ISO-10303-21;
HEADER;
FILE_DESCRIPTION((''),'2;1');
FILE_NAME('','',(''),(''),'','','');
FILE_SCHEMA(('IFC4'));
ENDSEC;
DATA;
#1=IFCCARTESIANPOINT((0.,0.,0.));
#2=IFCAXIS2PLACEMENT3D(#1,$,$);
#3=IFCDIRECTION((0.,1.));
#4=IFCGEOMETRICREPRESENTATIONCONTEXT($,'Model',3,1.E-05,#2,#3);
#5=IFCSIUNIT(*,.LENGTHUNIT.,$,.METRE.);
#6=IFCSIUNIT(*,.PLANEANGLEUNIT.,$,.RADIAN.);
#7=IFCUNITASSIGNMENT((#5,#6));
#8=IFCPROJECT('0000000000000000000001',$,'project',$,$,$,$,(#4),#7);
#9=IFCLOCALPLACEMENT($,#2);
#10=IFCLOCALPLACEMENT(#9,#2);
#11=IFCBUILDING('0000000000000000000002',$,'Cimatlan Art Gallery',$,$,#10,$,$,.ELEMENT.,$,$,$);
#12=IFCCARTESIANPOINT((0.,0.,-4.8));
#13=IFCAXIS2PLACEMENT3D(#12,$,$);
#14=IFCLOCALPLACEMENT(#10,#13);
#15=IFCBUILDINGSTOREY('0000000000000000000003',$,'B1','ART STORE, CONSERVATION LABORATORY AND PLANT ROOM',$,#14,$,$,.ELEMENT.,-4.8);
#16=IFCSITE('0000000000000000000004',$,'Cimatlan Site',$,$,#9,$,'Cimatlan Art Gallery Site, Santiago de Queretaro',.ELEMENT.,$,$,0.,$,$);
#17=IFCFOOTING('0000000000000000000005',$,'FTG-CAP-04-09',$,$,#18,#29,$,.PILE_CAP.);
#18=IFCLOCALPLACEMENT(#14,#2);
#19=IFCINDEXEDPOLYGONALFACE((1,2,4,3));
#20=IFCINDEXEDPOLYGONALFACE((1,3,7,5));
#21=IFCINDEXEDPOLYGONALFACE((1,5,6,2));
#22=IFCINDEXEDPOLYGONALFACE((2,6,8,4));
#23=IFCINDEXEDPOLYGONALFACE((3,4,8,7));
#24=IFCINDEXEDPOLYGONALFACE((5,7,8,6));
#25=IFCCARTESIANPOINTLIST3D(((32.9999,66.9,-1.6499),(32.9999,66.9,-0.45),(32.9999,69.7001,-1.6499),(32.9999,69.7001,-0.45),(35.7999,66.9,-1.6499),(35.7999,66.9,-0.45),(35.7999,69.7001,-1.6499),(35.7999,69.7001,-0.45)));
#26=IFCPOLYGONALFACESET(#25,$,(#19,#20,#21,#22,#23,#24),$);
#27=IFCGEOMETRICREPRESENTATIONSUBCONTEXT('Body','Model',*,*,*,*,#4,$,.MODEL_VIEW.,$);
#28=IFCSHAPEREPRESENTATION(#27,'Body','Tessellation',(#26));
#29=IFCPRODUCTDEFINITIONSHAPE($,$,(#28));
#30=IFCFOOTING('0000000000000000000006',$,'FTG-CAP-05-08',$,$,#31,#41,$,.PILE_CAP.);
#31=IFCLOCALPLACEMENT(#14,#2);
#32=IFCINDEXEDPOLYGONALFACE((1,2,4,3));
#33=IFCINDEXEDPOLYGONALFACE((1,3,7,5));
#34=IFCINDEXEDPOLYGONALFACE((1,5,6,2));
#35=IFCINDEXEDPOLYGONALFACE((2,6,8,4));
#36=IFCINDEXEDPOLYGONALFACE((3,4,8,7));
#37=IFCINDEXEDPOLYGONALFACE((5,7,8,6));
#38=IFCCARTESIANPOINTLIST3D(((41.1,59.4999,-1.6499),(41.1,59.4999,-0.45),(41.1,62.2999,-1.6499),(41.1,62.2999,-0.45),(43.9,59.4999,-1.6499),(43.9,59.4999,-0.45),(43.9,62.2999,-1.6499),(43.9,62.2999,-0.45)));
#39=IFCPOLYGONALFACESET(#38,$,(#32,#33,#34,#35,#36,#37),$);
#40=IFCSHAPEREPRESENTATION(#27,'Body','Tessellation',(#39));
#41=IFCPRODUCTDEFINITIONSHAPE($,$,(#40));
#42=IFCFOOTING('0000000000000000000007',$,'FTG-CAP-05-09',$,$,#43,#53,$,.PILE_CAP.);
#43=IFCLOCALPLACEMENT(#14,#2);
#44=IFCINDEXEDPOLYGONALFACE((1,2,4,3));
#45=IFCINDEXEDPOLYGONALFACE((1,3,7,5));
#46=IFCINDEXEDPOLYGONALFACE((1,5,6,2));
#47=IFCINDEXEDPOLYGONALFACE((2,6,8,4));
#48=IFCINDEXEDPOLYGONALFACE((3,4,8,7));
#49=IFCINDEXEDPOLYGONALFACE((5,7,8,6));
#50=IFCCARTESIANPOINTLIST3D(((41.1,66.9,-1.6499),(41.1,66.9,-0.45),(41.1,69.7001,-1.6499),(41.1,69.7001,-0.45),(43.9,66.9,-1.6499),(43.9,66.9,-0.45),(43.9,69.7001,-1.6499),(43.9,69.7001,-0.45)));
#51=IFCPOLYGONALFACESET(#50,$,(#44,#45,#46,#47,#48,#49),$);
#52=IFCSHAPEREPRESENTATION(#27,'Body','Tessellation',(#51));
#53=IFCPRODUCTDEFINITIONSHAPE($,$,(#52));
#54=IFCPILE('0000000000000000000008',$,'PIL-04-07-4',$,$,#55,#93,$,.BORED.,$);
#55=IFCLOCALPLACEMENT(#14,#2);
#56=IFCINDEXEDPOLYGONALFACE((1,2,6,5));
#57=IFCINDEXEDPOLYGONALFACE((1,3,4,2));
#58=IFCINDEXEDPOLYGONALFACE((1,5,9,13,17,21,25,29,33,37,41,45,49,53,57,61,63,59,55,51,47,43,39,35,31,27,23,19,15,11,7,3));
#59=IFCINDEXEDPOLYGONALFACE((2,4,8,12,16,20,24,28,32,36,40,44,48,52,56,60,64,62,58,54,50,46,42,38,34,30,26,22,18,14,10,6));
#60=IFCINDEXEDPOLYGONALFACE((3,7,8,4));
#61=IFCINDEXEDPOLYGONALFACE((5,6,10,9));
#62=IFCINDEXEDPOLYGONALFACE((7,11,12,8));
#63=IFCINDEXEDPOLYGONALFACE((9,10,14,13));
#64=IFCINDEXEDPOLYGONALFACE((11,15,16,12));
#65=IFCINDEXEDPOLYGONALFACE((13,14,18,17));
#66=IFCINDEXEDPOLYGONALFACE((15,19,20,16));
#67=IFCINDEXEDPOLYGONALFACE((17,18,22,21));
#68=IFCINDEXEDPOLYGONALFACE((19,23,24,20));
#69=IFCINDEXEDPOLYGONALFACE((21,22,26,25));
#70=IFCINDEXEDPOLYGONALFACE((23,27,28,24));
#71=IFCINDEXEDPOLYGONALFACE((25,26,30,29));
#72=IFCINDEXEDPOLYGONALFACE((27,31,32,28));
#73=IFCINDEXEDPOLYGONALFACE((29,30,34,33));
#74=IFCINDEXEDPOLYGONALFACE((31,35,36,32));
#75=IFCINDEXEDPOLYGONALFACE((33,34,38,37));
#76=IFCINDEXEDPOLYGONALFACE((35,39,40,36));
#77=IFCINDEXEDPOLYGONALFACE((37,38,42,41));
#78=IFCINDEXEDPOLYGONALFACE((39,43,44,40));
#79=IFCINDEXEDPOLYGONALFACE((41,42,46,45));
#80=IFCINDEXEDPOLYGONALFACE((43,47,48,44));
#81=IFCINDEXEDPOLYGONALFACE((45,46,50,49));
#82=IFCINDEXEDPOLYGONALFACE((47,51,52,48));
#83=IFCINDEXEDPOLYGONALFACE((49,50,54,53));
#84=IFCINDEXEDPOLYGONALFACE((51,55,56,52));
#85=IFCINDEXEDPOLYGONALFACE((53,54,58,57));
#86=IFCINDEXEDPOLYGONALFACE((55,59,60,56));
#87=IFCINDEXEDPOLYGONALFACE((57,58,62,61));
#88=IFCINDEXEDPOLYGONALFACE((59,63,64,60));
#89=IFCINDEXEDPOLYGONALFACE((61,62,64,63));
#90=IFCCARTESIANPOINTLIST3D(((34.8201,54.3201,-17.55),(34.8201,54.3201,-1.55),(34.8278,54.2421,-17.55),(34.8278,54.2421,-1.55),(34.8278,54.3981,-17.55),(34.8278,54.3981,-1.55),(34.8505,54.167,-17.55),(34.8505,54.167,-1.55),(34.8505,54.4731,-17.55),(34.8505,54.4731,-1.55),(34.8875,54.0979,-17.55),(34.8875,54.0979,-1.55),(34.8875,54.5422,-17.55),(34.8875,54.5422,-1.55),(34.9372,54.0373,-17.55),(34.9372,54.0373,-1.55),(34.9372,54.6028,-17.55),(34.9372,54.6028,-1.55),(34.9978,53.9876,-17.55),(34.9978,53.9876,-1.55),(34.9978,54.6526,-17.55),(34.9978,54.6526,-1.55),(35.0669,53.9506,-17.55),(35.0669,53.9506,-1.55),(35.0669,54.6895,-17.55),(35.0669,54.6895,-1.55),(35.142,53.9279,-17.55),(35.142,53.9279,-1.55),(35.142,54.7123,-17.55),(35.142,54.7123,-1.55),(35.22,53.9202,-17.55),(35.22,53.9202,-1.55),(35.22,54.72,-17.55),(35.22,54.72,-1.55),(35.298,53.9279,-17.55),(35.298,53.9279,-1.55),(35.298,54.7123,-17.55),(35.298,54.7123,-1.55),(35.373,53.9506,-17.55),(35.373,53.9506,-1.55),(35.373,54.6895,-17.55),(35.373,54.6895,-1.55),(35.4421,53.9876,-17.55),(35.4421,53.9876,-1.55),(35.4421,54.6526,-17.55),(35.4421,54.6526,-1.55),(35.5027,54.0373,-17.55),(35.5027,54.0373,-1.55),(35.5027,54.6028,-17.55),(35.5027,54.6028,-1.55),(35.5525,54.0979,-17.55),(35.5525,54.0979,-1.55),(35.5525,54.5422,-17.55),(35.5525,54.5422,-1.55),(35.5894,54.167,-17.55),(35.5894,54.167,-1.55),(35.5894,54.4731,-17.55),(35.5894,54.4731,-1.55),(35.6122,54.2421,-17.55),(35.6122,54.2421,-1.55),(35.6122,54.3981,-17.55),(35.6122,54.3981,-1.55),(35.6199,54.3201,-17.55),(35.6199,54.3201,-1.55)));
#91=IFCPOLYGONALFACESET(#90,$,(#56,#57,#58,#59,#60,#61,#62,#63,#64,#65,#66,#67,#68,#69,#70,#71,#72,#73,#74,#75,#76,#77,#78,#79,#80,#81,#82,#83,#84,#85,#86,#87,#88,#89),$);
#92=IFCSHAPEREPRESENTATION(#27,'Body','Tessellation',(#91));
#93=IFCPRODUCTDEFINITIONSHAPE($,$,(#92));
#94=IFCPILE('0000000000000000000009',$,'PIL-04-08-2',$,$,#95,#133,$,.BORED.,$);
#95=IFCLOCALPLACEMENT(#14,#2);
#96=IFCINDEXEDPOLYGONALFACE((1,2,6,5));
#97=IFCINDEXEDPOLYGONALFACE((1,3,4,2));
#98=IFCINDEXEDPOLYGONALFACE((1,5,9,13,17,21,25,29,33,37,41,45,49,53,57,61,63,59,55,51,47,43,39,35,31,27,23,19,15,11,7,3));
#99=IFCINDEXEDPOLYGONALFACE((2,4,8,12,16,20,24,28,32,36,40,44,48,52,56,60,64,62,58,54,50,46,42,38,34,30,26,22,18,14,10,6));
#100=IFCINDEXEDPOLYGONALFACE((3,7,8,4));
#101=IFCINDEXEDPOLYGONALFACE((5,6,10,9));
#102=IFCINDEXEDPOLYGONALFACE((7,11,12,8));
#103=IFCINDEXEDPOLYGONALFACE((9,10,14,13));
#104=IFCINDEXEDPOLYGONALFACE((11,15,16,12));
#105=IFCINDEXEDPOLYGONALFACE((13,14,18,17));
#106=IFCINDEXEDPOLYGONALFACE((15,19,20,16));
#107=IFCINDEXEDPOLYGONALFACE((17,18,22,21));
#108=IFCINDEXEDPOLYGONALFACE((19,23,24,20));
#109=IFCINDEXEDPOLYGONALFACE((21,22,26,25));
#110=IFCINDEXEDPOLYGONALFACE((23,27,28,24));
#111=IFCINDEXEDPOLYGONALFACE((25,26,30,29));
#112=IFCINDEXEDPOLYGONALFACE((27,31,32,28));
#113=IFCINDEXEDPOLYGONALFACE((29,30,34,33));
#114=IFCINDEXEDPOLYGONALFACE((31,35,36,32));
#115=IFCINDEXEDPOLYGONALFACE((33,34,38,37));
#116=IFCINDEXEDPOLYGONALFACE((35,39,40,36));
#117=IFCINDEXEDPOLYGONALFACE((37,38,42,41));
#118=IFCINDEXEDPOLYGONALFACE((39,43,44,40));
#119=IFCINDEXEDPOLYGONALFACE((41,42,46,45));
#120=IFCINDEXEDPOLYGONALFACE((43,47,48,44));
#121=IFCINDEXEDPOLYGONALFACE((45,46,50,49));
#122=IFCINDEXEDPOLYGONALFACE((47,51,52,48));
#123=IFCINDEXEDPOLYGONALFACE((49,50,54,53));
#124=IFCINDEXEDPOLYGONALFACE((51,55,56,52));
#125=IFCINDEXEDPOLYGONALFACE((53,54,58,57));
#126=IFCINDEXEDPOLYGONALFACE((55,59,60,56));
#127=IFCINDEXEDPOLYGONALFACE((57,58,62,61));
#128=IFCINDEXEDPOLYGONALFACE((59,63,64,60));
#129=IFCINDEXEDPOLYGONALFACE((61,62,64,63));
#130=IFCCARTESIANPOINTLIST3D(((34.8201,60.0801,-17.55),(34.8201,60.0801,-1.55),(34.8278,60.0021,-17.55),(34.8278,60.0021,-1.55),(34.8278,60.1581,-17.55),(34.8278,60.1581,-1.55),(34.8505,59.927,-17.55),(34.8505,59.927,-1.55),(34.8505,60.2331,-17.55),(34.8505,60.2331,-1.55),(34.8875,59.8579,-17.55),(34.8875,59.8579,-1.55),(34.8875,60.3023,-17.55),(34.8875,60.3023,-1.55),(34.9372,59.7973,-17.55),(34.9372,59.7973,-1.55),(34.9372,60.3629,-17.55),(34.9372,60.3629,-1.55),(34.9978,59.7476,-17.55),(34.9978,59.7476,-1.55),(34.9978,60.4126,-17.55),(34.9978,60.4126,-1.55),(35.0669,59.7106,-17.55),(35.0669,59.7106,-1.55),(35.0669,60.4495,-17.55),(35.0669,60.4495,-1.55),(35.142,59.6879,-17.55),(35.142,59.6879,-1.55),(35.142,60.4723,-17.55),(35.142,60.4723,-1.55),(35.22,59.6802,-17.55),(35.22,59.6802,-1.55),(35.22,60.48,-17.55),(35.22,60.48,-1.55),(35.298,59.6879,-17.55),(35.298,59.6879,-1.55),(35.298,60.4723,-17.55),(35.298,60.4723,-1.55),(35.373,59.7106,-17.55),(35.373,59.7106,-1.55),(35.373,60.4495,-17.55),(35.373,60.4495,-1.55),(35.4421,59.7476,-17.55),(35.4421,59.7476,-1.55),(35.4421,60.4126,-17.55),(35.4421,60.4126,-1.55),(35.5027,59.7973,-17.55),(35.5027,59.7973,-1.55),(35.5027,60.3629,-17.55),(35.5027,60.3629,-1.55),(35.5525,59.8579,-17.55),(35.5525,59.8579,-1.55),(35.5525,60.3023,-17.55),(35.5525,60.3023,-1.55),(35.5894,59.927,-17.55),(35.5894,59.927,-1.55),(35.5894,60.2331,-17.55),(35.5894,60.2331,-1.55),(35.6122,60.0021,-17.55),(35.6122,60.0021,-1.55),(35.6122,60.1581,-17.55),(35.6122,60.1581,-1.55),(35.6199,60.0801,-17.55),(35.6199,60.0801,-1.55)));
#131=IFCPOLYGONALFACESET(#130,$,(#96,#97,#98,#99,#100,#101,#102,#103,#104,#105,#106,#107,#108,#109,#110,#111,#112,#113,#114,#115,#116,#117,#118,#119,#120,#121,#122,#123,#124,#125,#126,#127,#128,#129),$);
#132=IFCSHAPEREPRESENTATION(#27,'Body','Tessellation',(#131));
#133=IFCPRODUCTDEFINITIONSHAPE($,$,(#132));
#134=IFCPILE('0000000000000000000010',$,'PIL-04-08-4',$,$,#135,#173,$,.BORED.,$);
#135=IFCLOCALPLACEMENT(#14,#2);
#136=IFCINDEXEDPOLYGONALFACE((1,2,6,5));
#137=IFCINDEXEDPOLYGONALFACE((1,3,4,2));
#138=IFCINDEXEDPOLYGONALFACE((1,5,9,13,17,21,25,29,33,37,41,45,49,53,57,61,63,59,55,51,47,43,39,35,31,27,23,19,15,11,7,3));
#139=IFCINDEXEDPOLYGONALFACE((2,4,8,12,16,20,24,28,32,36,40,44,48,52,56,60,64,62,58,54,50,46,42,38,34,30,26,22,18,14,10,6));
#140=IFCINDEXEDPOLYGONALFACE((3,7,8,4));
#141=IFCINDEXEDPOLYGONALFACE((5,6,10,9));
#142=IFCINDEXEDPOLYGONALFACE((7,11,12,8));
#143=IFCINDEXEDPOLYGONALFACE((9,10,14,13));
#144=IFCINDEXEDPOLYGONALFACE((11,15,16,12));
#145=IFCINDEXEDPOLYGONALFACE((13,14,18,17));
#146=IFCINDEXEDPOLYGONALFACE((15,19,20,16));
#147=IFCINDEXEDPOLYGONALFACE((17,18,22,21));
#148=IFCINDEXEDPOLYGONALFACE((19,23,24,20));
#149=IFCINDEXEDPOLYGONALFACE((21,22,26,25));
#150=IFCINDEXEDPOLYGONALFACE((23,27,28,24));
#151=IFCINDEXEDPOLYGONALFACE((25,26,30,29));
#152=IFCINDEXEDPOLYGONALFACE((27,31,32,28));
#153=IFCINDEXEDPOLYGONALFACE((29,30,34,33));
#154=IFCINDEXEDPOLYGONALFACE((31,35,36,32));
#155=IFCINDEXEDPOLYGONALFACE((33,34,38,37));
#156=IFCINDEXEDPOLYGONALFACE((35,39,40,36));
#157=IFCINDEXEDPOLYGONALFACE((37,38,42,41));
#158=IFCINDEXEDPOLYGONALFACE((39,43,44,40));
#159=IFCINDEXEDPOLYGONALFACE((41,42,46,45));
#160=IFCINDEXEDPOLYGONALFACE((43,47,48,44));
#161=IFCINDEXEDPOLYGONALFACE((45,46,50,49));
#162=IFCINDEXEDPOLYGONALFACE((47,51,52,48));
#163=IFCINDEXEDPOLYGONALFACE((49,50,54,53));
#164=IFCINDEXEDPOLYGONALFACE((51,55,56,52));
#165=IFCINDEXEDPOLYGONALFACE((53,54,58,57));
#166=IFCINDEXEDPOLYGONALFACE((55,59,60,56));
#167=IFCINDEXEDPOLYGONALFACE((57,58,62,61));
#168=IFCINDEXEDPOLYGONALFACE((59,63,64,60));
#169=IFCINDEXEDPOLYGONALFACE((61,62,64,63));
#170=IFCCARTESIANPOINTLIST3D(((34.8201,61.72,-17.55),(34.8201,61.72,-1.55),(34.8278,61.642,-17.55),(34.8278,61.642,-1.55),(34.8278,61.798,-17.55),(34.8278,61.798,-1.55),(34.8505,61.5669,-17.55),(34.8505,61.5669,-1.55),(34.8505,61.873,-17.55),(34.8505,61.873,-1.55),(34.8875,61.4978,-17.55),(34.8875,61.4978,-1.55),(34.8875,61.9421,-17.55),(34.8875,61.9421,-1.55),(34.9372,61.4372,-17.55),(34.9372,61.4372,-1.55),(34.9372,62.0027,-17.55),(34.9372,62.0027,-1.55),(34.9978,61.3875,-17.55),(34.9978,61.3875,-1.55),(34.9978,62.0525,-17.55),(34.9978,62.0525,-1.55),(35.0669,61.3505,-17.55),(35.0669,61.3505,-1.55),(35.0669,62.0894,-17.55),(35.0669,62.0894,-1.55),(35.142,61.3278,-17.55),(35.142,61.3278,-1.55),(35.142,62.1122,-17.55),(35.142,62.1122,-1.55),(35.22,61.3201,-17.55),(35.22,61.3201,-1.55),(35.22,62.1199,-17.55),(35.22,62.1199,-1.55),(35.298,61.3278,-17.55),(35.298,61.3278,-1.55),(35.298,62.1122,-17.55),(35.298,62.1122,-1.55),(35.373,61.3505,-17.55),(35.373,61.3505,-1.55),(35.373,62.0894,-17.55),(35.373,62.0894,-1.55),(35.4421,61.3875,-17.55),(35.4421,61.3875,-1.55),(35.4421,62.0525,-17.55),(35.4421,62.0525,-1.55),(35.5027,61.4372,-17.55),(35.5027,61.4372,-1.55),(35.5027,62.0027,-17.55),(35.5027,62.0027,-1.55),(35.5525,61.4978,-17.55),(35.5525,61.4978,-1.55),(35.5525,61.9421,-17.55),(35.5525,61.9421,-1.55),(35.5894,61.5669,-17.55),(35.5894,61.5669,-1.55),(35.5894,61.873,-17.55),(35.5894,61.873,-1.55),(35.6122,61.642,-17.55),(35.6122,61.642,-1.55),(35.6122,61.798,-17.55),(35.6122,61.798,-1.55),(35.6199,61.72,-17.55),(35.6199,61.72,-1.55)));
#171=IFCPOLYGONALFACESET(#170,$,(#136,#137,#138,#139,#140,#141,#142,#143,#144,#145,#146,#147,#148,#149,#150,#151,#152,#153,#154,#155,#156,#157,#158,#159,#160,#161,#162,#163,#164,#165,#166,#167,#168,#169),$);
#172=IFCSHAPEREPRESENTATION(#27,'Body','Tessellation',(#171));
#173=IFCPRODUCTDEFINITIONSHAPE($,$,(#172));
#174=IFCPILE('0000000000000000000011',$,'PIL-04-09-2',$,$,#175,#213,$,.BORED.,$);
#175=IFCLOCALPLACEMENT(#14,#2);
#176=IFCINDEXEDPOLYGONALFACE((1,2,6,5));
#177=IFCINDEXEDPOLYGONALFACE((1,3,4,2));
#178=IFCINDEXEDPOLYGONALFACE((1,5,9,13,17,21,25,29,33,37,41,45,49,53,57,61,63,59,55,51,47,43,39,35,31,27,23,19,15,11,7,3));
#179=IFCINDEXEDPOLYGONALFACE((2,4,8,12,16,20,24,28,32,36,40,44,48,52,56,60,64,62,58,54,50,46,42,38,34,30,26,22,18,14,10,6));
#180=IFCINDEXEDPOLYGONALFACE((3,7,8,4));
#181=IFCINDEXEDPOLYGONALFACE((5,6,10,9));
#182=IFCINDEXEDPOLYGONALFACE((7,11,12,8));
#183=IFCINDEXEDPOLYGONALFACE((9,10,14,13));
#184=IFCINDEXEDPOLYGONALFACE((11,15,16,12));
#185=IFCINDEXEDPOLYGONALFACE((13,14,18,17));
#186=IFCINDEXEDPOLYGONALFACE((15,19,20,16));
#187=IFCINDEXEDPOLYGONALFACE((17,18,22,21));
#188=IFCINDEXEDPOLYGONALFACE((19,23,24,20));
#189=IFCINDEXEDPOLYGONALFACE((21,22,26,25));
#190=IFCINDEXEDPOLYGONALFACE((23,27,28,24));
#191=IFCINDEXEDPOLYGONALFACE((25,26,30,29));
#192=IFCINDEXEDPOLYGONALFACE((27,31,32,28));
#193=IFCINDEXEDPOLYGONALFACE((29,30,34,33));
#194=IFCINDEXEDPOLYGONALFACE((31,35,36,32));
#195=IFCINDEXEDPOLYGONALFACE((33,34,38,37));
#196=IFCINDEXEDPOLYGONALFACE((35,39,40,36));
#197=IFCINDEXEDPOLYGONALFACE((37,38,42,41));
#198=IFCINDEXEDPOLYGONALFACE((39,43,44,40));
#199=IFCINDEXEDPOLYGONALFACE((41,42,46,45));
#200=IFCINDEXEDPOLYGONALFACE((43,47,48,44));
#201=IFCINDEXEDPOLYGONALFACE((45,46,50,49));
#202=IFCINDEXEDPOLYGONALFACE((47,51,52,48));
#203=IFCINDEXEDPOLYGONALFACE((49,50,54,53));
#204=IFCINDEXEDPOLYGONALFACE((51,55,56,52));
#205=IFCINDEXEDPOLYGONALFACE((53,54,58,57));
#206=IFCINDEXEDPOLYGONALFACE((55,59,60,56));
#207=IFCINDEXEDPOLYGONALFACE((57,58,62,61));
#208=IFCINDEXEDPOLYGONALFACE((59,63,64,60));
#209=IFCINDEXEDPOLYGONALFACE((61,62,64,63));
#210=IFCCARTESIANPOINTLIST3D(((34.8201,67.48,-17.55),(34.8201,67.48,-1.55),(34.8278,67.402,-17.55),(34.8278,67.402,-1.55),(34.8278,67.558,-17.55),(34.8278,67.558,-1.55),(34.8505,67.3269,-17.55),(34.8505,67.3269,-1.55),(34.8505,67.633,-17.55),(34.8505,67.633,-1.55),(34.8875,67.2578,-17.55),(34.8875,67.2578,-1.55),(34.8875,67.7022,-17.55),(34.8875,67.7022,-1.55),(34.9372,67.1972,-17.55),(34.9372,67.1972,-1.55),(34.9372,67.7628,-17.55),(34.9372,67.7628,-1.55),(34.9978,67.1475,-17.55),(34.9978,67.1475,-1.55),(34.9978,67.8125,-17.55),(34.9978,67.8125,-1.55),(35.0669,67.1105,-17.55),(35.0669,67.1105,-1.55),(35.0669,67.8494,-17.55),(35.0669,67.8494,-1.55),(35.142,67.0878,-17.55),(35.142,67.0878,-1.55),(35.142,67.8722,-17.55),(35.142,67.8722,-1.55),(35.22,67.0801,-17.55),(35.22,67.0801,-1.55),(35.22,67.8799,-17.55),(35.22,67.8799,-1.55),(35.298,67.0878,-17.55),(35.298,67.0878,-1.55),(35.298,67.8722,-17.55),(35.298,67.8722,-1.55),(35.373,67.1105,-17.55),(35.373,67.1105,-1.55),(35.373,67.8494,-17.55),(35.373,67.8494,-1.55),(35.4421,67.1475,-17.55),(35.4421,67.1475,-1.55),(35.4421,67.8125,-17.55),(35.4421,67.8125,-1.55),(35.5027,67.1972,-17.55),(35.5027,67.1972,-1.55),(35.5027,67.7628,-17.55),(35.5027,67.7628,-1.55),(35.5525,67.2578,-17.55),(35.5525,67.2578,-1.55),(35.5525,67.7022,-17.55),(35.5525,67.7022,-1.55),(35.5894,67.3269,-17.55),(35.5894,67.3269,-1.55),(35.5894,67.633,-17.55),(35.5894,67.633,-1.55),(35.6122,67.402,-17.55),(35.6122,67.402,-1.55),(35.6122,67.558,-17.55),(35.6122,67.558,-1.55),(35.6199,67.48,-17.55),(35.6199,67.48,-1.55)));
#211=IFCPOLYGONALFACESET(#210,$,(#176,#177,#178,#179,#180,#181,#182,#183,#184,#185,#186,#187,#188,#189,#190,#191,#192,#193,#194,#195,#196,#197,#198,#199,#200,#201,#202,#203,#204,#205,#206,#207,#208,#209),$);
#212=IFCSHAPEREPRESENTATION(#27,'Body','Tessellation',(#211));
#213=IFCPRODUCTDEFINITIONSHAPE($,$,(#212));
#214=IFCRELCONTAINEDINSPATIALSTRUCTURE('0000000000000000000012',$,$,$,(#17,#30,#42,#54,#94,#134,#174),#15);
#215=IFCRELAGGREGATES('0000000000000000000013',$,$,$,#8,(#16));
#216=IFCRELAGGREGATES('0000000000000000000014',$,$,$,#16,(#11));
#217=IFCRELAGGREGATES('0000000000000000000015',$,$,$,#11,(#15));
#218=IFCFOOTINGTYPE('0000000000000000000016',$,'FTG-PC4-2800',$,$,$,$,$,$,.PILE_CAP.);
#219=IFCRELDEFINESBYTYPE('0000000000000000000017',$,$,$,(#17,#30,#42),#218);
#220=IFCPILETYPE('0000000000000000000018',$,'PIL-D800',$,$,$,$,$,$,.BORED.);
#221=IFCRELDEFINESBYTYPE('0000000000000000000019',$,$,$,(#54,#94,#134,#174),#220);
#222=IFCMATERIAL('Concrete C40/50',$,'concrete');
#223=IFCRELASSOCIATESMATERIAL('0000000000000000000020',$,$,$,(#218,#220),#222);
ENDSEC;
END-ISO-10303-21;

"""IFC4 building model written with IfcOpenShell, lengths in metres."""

from ifc_helpers import new_model, si_unit, direction, frame, origin, origin_2d, place, context, subcontext, project, spatial, rectangle, circle, extrude, material, type_object, element, save


model = new_model("IFC4")

# Units and contexts
model_context = context("Model", 3, precision=1e-05, world=origin(), true_north=direction((0.0, 1.0)))
body_context = subcontext(model_context, "Body", "Model", "MODEL_VIEW")
ifc_project = project(units=[si_unit("LENGTHUNIT", "METRE"), si_unit("PLANEANGLEUNIT", "RADIAN")], contexts=[model_context])

# Site, building, storey
site_placement = place(None, origin())
site = spatial("IfcSite", under=ifc_project, at=site_placement, Name="Cimatlan Site", LongName="Cimatlan Art Gallery Site, Santiago de Queretaro", CompositionType="ELEMENT", RefElevation=0.0)
building_placement = place(site_placement, origin())
building = spatial("IfcBuilding", under=site, at=building_placement, Name="Cimatlan Art Gallery", CompositionType="ELEMENT")
storey_placement = place(building_placement, frame((0.0, 0.0, -4.8)))
storey = spatial("IfcBuildingStorey", under=building, at=storey_placement, Name="B1", Description="ART STORE, CONSERVATION LABORATORY AND PLANT ROOM", CompositionType="ELEMENT", Elevation=-4.8)

# Footings
ifc_material_1 = material(Name="Concrete C40/50", Category="concrete")
footing_type = type_object("IfcFootingType", Name="FTG-PC4-2800", PredefinedType="PILE_CAP", material=ifc_material_1)
for number, where, z_axis, x_axis, name in (
    (1, (34.3999, 68.3, -1.6499), (0.0, 0.0, 1.0), (1.0, 0.0, 0.0), "FTG-CAP-04-09"),
    (2, (42.5, 60.8999, -1.6499), (0.0, 0.0, 1.0), (1.0, 0.0, 0.0), "FTG-CAP-05-08"),
    (3, (42.5, 68.3, -1.6499), (0.0, 0.0, 1.0), (1.0, 0.0, 0.0), "FTG-CAP-05-09"),
):
    element("IfcFooting", number, at=place(storey_placement, frame(where, z_axis=z_axis, x_axis=x_axis)), inside=storey, type_object=footing_type, Name=name, PredefinedType="PILE_CAP", context=body_context, shape_type="SweptSolid", body=[
        extrude(rectangle(XDim=2.8, YDim=2.8, at=origin_2d()), origin(), (0.0, 0.0, 1.0), 1.2),
    ])

# Piles
pile_type = type_object("IfcPileType", Name="PIL-D800", PredefinedType="BORED", material=ifc_material_1)
for number, where, z_axis, x_axis, name in (
    (4, (35.22, 54.3201, -1.55), (0.0, 0.0, -1.0), (1.0, 0.0, 0.0), "PIL-04-07-4"),
    (5, (35.22, 60.0801, -1.55), (0.0, 0.0, -1.0), (1.0, 0.0, 0.0), "PIL-04-08-2"),
    (6, (35.22, 61.72, -1.55), (0.0, 0.0, -1.0), (1.0, 0.0, 0.0), "PIL-04-08-4"),
    (7, (35.22, 67.48, -1.55), (0.0, 0.0, -1.0), (1.0, 0.0, 0.0), "PIL-04-09-2"),
):
    element("IfcPile", number, at=place(storey_placement, frame(where, z_axis=z_axis, x_axis=x_axis)), inside=storey, type_object=pile_type, Name=name, PredefinedType="BORED", context=body_context, shape_type="SweptSolid", body=[
        extrude(circle(Radius=0.3999, at=origin_2d()), origin(), (0.0, 0.0, 1.0), 16.0),
    ])

save(model, "model.ifc")
